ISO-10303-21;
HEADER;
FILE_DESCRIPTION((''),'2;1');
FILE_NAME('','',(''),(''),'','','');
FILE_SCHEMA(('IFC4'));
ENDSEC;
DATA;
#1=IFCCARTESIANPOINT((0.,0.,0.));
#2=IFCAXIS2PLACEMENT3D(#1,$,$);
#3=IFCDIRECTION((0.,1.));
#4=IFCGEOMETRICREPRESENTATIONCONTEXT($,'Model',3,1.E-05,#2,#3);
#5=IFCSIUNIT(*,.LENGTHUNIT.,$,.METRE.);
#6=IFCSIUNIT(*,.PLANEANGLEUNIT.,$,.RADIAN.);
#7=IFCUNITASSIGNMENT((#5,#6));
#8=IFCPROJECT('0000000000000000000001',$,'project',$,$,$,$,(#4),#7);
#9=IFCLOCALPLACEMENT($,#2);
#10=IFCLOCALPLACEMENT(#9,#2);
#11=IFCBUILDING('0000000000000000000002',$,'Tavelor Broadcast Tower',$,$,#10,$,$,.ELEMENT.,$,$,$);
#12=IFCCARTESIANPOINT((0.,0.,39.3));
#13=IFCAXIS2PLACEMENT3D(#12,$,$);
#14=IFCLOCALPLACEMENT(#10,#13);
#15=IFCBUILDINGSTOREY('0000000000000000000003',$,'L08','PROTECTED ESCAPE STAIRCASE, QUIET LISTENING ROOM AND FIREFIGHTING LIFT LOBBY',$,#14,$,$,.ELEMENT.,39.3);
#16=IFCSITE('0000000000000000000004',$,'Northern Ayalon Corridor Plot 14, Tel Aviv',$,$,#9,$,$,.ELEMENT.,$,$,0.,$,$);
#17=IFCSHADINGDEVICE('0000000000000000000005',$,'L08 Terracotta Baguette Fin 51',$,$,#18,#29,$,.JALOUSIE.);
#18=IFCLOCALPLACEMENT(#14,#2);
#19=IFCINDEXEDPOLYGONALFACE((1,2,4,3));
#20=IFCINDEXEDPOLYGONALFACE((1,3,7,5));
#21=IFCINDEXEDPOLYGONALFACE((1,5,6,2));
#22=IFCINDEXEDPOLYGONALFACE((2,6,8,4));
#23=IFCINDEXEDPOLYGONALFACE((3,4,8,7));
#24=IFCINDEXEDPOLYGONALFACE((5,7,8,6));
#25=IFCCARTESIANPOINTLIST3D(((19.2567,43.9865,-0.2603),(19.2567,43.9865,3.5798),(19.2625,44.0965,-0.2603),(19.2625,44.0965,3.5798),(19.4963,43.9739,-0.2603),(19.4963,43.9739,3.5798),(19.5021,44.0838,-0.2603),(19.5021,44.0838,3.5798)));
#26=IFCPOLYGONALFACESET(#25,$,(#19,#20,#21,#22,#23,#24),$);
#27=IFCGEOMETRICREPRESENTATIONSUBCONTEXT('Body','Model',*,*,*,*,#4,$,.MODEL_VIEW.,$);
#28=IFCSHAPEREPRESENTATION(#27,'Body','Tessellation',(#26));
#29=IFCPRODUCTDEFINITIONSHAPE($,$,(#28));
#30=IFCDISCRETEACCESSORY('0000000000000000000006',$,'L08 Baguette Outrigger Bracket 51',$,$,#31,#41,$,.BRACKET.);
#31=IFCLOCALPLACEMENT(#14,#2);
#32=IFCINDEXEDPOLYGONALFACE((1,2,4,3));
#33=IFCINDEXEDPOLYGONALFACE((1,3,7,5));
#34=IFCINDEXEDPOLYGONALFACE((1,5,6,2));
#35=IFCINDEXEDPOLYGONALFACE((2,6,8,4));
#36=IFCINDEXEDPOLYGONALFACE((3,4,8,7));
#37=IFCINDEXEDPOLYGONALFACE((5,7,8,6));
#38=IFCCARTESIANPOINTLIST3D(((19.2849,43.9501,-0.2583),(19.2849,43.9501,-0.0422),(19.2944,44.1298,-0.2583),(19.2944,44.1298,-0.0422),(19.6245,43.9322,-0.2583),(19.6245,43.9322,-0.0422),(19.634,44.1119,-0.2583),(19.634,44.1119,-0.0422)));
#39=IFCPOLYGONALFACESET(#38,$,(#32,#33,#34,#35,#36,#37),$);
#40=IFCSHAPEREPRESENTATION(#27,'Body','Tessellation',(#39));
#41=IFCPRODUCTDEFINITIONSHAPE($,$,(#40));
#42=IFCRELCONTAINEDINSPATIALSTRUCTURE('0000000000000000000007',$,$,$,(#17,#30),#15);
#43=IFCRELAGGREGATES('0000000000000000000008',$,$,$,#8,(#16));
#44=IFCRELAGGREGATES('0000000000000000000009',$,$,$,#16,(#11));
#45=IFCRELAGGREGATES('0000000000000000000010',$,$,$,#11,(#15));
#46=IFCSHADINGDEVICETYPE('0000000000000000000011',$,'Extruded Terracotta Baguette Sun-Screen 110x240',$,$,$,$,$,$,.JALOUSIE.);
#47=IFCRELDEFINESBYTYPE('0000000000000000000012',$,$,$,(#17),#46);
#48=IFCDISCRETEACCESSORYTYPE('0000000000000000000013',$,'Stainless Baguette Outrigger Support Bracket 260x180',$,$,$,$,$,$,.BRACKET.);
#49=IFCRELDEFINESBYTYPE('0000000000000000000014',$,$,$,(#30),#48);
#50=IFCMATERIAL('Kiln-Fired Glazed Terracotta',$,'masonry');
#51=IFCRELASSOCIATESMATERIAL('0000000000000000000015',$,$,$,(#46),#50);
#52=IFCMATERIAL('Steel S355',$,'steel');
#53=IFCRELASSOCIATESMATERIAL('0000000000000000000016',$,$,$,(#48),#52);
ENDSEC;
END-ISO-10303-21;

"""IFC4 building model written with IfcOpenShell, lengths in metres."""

from ifc_helpers import new_model, si_unit, direction, frame, origin, origin_2d, place, context, subcontext, project, spatial, rectangle, extrude, source, transform, mapped, material, type_object, type_shapes, element, save


model = new_model("IFC4")

# Units and contexts
model_context = context("Model", 3, precision=1e-05, world=origin(), true_north=direction((0.0, 1.0)))
body_context = subcontext(model_context, "Body", "Model", "MODEL_VIEW")
ifc_project = project(units=[si_unit("LENGTHUNIT", "METRE"), si_unit("PLANEANGLEUNIT", "RADIAN")], contexts=[model_context])

# Site, building, storey
site_placement = place(None, origin())
site = spatial("IfcSite", under=ifc_project, at=site_placement, Name="Northern Ayalon Corridor Plot 14, Tel Aviv", CompositionType="ELEMENT", RefElevation=0.0)
building_placement = place(site_placement, origin())
building = spatial("IfcBuilding", under=site, at=building_placement, Name="Tavelor Broadcast Tower", CompositionType="ELEMENT")
storey_placement = place(building_placement, frame((0.0, 0.0, 39.3)))
storey = spatial("IfcBuildingStorey", under=building, at=storey_placement, Name="L08", Description="PROTECTED ESCAPE STAIRCASE, QUIET LISTENING ROOM AND FIREFIGHTING LIFT LOBBY", CompositionType="ELEMENT", Elevation=39.3)

# Shared definitions
ifc_material_1 = material(Name="Steel S355", Category="steel")

# Shading device
ifc_material_2 = material(Name="Kiln-Fired Glazed Terracotta", Category="masonry")
shading_device_type = type_object("IfcShadingDeviceType", Name="Extruded Terracotta Baguette Sun-Screen 110x240", PredefinedType="JALOUSIE", material=ifc_material_2)
shared_shape_1 = source(origin(), body_context, "Body", "SweptSolid", [
    extrude(rectangle(XDim=0.1101, YDim=0.24, at=origin_2d()), origin(), (0.0, 0.0, 1.0), 3.8401),
])
type_shapes(shading_device_type, [shared_shape_1])
shading_device_placement = place(storey_placement, frame((19.3794, 44.0352, -0.2603), z_axis=(0.0, 0.0, 1.0), x_axis=(-0.052685, -0.998611, 0.0)))
element("IfcShadingDevice", 1, at=shading_device_placement, inside=storey, type_object=shading_device_type, Name="L08 Terracotta Baguette Fin 51", PredefinedType="JALOUSIE", context=body_context, shape_type="MappedRepresentation", body=[
    mapped(shared_shape_1, transform((0.0, 0.0, 0.0), scale=1.0)),
])

# Discrete accessory
discrete_accessory_type = type_object("IfcDiscreteAccessoryType", Name="Stainless Baguette Outrigger Support Bracket 260x180", PredefinedType="BRACKET", material=ifc_material_1)
shared_shape_2 = source(origin(), body_context, "Body", "SweptSolid", [
    extrude(rectangle(XDim=0.1799, YDim=0.3401, at=origin_2d()), origin(), (0.0, 0.0, 1.0), 0.2161),
])
type_shapes(discrete_accessory_type, [shared_shape_2])
discrete_accessory_placement = place(storey_placement, frame((19.4595, 44.031, -0.2583), z_axis=(0.0, 0.0, 1.0), x_axis=(-0.052685, -0.998611, 0.0)))
element("IfcDiscreteAccessory", 2, at=discrete_accessory_placement, inside=storey, type_object=discrete_accessory_type, Name="L08 Baguette Outrigger Bracket 51", PredefinedType="BRACKET", context=body_context, shape_type="MappedRepresentation", body=[
    mapped(shared_shape_2, transform((0.0, 0.0, 0.0), scale=1.0)),
])

save(model, "model.ifc")
